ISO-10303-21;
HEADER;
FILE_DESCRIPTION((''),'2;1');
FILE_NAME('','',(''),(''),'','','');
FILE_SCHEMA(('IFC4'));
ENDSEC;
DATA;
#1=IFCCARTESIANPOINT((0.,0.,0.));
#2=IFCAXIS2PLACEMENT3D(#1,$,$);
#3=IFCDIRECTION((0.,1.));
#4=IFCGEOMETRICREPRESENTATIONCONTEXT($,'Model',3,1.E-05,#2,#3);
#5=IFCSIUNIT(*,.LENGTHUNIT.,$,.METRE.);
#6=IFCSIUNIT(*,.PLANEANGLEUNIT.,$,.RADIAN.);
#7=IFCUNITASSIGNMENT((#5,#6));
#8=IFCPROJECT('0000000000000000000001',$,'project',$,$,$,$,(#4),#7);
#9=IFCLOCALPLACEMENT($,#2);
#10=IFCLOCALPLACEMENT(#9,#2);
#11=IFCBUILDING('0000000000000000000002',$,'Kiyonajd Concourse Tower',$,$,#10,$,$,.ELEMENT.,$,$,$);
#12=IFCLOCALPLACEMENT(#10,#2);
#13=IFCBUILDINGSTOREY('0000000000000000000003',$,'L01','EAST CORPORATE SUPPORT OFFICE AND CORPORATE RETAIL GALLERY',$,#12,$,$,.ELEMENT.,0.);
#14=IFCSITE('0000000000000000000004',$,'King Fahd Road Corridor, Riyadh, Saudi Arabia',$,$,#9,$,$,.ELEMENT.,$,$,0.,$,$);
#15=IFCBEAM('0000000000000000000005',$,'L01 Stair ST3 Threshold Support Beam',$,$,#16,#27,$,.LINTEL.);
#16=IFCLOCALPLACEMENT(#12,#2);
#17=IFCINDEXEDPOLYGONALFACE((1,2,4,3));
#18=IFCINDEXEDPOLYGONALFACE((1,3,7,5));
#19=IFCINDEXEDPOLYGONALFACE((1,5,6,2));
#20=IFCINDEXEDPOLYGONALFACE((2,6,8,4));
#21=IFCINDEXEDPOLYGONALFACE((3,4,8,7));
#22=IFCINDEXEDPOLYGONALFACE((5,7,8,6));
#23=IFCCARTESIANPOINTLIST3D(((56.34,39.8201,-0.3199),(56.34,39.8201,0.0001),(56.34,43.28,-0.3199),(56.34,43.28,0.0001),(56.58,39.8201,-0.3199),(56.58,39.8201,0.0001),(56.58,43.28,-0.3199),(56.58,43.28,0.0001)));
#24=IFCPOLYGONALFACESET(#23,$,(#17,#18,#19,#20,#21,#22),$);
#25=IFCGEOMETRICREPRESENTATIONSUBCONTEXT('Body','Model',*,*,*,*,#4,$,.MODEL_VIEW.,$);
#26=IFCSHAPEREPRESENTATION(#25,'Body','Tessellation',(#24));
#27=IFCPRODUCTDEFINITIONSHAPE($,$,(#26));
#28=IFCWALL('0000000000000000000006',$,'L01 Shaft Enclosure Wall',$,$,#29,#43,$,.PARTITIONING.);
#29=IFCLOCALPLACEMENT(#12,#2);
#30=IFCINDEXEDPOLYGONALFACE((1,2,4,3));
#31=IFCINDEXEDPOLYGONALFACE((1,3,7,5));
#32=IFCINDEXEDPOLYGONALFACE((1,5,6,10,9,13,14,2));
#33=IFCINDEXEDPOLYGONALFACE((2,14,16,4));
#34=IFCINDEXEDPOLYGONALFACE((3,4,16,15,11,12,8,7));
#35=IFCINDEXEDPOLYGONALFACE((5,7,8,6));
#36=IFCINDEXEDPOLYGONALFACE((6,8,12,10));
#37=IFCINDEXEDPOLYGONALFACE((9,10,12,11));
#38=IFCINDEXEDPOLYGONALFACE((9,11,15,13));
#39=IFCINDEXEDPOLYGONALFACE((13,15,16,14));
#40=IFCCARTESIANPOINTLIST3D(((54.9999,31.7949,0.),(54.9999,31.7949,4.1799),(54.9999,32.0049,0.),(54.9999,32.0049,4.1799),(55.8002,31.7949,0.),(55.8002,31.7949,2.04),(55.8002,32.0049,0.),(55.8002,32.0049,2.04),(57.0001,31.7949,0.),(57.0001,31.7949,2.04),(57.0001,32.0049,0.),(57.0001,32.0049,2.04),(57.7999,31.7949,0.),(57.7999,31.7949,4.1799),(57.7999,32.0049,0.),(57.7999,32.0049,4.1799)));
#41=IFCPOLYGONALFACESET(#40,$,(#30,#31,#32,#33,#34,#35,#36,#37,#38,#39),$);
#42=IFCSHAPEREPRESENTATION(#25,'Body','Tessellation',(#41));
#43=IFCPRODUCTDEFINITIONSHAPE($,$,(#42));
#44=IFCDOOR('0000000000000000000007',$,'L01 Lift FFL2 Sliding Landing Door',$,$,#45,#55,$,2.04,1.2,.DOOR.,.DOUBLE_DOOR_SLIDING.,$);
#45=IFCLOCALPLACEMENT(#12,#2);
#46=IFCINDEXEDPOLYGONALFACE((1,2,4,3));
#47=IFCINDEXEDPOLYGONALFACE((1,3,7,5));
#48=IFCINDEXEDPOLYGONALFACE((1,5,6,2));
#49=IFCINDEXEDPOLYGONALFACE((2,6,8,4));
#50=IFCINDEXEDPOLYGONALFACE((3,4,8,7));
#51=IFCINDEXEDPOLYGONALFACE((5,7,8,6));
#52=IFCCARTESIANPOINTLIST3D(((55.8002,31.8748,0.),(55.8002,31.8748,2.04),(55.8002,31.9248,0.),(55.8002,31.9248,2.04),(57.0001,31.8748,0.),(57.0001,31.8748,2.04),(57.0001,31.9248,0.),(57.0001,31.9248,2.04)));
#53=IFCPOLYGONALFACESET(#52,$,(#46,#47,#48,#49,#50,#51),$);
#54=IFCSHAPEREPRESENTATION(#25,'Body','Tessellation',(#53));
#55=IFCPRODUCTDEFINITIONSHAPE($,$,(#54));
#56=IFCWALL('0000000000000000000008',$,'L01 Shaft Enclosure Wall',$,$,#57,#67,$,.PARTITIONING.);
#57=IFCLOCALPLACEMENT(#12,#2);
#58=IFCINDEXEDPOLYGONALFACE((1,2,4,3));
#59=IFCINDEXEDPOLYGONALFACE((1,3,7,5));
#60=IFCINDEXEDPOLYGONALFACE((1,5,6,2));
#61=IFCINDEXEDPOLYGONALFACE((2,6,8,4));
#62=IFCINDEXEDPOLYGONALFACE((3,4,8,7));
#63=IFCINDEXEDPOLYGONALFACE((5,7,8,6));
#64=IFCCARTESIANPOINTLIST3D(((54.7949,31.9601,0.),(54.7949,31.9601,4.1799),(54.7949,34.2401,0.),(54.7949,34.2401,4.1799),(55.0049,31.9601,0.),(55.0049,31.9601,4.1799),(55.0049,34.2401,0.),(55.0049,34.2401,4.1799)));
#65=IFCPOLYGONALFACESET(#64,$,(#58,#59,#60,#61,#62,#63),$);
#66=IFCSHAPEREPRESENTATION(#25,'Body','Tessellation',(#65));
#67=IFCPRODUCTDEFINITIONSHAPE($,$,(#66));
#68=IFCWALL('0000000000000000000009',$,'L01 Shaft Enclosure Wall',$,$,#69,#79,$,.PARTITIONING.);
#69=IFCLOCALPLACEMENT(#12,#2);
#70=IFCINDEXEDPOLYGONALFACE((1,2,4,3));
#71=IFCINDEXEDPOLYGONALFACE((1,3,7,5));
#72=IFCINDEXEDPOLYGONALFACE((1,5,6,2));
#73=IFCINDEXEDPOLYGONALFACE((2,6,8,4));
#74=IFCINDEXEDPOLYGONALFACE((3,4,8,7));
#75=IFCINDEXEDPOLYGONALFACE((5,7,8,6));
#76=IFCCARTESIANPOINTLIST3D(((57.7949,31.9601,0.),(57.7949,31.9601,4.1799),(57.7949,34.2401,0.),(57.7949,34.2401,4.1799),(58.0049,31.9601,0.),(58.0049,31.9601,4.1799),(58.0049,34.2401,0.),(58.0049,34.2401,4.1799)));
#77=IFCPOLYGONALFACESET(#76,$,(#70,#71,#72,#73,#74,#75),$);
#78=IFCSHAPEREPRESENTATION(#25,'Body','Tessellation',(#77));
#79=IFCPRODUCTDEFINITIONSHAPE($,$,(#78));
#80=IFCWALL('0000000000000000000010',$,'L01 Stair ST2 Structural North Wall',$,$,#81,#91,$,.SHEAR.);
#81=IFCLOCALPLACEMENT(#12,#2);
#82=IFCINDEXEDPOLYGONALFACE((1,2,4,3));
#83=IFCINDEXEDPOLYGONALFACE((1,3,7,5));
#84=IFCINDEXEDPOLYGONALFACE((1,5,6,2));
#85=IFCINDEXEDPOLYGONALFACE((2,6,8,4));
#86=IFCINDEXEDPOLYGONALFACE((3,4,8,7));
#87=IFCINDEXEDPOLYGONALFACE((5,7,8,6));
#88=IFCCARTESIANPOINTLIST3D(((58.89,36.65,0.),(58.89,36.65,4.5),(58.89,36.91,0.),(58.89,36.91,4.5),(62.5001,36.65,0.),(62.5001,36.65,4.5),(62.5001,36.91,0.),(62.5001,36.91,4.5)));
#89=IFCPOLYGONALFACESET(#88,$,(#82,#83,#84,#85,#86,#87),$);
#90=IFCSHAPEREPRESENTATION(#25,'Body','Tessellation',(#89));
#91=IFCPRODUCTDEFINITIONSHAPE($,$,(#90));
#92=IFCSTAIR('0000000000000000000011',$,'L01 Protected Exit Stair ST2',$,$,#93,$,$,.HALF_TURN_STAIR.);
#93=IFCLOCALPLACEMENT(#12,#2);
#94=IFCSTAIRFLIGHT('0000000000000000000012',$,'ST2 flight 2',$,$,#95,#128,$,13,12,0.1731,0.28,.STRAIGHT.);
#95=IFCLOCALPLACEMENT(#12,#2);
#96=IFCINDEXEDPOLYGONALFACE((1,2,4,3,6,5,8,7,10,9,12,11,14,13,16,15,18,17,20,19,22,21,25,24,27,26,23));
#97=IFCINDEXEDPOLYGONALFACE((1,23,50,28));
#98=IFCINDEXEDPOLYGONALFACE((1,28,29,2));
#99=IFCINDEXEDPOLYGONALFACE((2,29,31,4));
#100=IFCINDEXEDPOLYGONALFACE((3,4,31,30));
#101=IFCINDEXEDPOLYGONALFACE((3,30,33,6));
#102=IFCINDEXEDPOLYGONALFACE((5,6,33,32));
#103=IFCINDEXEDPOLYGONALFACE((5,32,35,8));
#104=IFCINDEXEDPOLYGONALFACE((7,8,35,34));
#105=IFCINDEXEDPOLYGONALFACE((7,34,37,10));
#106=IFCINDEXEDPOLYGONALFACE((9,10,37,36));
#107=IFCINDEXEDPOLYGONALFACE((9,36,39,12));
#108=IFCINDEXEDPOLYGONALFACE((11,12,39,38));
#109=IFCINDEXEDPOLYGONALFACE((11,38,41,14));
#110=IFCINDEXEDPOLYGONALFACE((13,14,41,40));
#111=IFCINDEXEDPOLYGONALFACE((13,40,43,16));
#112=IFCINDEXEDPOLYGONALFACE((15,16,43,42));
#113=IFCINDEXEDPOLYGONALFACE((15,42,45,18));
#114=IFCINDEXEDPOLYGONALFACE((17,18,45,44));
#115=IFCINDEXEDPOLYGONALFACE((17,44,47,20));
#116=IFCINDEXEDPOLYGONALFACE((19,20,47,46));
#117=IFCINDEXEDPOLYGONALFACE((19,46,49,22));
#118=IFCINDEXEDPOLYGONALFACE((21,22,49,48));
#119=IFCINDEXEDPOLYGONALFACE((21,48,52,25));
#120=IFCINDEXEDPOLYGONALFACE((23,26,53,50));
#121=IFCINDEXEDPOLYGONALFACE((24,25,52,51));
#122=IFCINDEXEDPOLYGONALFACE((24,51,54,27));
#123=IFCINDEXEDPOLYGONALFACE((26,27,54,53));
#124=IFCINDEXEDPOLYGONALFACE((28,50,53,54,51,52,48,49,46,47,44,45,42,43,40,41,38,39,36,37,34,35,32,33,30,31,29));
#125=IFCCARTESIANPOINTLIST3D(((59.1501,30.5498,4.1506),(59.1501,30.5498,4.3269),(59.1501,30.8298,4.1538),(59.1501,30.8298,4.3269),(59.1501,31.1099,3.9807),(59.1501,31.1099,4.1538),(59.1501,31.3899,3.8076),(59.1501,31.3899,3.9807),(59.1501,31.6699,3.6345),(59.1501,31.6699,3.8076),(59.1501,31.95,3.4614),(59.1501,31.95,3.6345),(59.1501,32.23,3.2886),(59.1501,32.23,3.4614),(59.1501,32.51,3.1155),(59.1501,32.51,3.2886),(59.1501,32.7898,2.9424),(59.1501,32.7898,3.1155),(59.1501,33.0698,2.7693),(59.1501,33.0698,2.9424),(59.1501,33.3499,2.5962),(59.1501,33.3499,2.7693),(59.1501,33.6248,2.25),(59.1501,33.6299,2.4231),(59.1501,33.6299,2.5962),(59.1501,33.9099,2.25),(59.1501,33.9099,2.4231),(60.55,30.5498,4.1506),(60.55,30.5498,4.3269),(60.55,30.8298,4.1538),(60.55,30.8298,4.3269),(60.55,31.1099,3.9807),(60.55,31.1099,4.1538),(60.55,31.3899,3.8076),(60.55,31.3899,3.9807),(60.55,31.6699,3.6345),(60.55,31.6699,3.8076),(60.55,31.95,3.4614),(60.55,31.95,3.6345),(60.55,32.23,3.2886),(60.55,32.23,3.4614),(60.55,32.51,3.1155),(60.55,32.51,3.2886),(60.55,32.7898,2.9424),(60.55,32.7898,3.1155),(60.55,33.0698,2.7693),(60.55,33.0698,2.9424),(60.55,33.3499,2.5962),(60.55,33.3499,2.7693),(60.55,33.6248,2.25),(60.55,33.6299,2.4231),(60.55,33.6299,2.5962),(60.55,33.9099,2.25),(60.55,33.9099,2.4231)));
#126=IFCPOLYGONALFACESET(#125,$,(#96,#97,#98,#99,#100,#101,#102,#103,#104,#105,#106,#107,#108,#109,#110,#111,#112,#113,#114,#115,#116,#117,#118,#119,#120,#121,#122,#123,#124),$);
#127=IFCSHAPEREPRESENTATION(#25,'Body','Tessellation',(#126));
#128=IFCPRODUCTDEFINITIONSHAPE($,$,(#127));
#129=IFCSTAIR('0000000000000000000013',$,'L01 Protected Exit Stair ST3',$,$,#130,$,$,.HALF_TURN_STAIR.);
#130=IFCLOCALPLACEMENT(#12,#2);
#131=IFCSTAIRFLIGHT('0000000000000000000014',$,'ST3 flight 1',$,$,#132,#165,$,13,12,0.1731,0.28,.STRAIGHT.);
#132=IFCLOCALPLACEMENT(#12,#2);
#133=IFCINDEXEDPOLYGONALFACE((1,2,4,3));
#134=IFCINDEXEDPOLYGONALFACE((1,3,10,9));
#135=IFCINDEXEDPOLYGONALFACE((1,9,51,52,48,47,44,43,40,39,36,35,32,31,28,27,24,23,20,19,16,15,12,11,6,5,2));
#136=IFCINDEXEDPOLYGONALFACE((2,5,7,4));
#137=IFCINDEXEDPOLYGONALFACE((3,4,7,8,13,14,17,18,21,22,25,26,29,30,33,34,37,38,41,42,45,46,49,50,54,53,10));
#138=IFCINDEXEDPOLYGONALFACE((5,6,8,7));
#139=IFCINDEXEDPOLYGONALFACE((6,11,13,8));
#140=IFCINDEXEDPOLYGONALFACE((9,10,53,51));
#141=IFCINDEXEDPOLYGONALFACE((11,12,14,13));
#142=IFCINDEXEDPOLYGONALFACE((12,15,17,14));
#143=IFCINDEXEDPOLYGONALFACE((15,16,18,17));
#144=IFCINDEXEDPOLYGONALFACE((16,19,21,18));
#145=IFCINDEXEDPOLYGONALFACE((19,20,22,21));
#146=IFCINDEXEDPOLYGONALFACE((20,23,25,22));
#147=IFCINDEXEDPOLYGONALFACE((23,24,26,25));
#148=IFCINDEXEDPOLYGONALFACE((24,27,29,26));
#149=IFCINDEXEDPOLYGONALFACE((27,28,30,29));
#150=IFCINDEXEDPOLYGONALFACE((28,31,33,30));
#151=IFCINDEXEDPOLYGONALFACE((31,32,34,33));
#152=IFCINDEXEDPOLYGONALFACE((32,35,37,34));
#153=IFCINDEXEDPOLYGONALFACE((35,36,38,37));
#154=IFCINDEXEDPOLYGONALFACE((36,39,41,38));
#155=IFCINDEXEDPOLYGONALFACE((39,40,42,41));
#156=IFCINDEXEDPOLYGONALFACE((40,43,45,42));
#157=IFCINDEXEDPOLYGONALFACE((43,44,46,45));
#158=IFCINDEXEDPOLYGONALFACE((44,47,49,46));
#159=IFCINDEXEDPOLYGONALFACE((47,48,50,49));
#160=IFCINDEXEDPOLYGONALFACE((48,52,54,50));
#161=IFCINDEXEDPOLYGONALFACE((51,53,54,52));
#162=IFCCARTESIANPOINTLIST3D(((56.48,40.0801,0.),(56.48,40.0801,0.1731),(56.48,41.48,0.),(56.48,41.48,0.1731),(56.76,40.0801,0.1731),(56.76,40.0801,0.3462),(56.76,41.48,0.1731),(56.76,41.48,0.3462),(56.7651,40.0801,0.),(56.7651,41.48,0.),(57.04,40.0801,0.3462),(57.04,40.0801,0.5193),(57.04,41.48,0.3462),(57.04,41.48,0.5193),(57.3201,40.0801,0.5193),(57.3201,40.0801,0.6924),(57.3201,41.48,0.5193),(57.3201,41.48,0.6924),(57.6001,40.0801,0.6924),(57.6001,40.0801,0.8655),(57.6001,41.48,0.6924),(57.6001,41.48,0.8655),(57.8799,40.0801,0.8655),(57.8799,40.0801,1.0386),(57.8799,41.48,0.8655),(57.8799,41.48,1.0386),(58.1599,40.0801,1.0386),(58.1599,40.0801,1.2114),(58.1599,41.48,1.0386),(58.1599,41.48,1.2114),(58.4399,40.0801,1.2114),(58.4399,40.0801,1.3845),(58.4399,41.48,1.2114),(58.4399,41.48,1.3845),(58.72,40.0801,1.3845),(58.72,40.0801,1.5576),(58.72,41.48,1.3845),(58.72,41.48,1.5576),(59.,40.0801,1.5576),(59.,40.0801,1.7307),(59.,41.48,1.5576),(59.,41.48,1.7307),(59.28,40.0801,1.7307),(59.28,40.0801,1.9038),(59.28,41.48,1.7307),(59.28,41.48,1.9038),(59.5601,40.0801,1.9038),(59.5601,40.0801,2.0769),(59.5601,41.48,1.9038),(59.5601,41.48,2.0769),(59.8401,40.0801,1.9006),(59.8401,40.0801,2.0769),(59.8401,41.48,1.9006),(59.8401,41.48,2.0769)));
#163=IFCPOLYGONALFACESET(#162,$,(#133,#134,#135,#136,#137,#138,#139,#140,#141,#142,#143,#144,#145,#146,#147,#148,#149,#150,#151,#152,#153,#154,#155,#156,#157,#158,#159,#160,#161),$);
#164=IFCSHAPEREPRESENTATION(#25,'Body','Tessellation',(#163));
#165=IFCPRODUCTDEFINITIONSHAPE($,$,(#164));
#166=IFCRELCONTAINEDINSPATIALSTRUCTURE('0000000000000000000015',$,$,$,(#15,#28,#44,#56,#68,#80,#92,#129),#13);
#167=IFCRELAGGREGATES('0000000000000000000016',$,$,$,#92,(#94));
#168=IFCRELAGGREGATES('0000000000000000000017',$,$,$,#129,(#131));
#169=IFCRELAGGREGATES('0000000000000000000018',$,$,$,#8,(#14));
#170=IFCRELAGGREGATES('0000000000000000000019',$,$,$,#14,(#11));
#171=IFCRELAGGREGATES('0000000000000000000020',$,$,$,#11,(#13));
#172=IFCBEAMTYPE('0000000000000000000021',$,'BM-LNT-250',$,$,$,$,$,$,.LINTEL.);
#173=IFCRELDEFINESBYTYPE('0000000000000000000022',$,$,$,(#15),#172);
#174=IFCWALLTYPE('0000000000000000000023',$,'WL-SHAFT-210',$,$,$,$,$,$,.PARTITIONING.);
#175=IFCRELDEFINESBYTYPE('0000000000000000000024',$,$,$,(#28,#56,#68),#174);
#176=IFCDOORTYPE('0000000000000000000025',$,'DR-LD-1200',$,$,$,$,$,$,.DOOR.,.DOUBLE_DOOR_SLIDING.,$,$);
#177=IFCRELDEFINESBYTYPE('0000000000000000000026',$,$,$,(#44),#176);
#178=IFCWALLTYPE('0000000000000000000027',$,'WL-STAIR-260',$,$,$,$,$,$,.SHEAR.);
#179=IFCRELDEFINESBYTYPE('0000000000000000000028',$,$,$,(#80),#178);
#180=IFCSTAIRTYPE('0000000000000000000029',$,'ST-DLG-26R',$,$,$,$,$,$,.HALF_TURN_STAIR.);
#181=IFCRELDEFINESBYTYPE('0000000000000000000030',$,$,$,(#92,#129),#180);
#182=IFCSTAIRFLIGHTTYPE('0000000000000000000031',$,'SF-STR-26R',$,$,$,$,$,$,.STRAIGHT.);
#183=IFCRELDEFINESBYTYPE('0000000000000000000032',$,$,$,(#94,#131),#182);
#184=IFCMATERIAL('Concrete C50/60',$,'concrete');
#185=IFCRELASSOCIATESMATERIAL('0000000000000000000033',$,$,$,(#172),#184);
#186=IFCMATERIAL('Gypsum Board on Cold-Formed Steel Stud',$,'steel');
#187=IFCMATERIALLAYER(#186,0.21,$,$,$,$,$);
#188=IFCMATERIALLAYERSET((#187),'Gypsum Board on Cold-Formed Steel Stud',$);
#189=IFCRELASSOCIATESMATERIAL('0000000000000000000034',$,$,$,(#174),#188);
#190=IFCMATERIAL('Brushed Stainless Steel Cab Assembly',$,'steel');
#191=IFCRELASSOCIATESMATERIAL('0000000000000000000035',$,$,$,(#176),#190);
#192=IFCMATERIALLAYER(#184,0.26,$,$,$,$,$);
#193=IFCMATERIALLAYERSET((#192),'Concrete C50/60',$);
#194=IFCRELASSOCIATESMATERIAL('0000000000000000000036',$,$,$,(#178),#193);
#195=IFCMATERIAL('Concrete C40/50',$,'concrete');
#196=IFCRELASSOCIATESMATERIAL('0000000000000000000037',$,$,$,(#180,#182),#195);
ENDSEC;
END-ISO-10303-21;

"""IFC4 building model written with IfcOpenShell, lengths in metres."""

from ifc_helpers import new_model, si_unit, direction, frame, frame_2d, origin, origin_2d, place, context, subcontext, project, spatial, polyline, rectangle, outline, extrude, material, layer, layer_set, material_profile, profile_set, type_object, element, fill, aggregate, save


model = new_model("IFC4")

# Units and contexts
model_context = context("Model", 3, precision=1e-05, world=origin(), true_north=direction((0.0, 1.0)))
body_context = subcontext(model_context, "Body", "Model", "MODEL_VIEW")
ifc_project = project(units=[si_unit("LENGTHUNIT", "METRE"), si_unit("PLANEANGLEUNIT", "RADIAN")], contexts=[model_context])

# Site, building, storey
site_placement = place(None, origin())
site = spatial("IfcSite", under=ifc_project, at=site_placement, Name="King Fahd Road Corridor, Riyadh, Saudi Arabia", CompositionType="ELEMENT", RefElevation=0.0)
building_placement = place(site_placement, origin())
building = spatial("IfcBuilding", under=site, at=building_placement, Name="Kiyonajd Concourse Tower", CompositionType="ELEMENT")
storey_placement = place(building_placement, origin())
storey = spatial("IfcBuildingStorey", under=building, at=storey_placement, Name="L01", Description="EAST CORPORATE SUPPORT OFFICE AND CORPORATE RETAIL GALLERY", CompositionType="ELEMENT", Elevation=0.0)

# Beam
ifc_material_1 = material(Name="Concrete C50/60", Category="concrete")
ifc_material_profile = material_profile(ifc_material_1, rectangle(XDim=0.24, YDim=0.3201, at=origin_2d()), Name="RCBM-240x320")
ifc_profile_set = profile_set([ifc_material_profile], Name="Concrete C50/60")
beam_type = type_object("IfcBeamType", Name="BM-LNT-250", PredefinedType="LINTEL", material=ifc_profile_set)
beam_placement = place(storey_placement, frame((56.46, 39.8201, -0.1599), z_axis=(0.0, 1.0, 0.0), x_axis=(-1.0, 0.0, 0.0)))
element("IfcBeam", 1, at=beam_placement, inside=storey, type_object=beam_type, Name="L01 Stair ST3 Threshold Support Beam", PredefinedType="LINTEL", context=body_context, shape_type="SweptSolid", body=[
    extrude(rectangle(XDim=0.24, YDim=0.3201, at=origin_2d()), origin(), (0.0, 0.0, 1.0), 3.46),
])

# Wall, opening, door
ifc_material_2 = material(Name="Gypsum Board on Cold-Formed Steel Stud", Category="steel")
ifc_layer_1 = layer(ifc_material_2, 0.21)
ifc_layer_set_1 = layer_set([ifc_layer_1], Name="Gypsum Board on Cold-Formed Steel Stud")
wall_type_1 = type_object("IfcWallType", Name="WL-SHAFT-210", PredefinedType="PARTITIONING", material=ifc_layer_set_1)
wall_1_placement = place(storey_placement, frame((55.0, 31.8999, 0.0), z_axis=(0.0, 0.0, 1.0), x_axis=(1.0, 0.0, 0.0)))
wall_1 = element("IfcWall", 2, at=wall_1_placement, inside=storey, type_object=wall_type_1, Name="L01 Shaft Enclosure Wall", PredefinedType="PARTITIONING", context=body_context, shape_type="SweptSolid", body=[
    extrude(rectangle(XDim=2.8, YDim=0.21, at=frame_2d((1.3999, 0.0))), origin(), (0.0, 0.0, 1.0), 4.1799),
])
opening_placement = place(wall_1_placement, frame((0.8, 0.0, 0.0)))
opening = element("IfcOpeningElement", 3, at=opening_placement, cuts=wall_1, PredefinedType="OPENING", context=body_context, shape_type="SweptSolid", body=[
    extrude(rectangle(XDim=1.2, YDim=2.04, at=frame_2d((0.6001, 1.02))), frame((0.0, 0.115, 0.0), z_axis=(0.0, -1.0, 0.0), x_axis=(1.0, 0.0, 0.0)), (0.0, 0.0, 1.0), 0.23),
])
ifc_material_3 = material(Name="Brushed Stainless Steel Cab Assembly", Category="steel")
door_type = type_object("IfcDoorType", Name="DR-LD-1200", OperationType="DOUBLE_DOOR_SLIDING", PredefinedType="DOOR", material=ifc_material_3)
door_placement = place(opening_placement, origin())
door = element("IfcDoor", 4, at=door_placement, inside=storey, type_object=door_type, Name="L01 Lift FFL2 Sliding Landing Door", OperationType="DOUBLE_DOOR_SLIDING", OverallHeight=2.04, OverallWidth=1.2, PredefinedType="DOOR", context=body_context, shape_type="SweptSolid", body=[
    extrude(rectangle(XDim=1.2, YDim=2.04, at=frame_2d((0.6001, 1.02))), frame((0.0, 0.0249, 0.0), z_axis=(0.0, -1.0, 0.0), x_axis=(1.0, 0.0, 0.0)), (0.0, 0.0, 1.0), 0.05),
])
fill(opening, door)

# Walls
for number, where, z_axis, x_axis, name in (
    (5, (54.8999, 31.96, 0.0), (0.0, 0.0, 1.0), (0.0, 1.0, 0.0), "L01 Shaft Enclosure Wall"),
    (6, (57.8999, 31.96, 0.0), (0.0, 0.0, 1.0), (0.0, 1.0, 0.0), "L01 Shaft Enclosure Wall"),
):
    element("IfcWall", number, at=place(storey_placement, frame(where, z_axis=z_axis, x_axis=x_axis)), inside=storey, type_object=wall_type_1, Name=name, PredefinedType="PARTITIONING", context=body_context, shape_type="SweptSolid", body=[
        extrude(rectangle(XDim=2.28, YDim=0.21, at=frame_2d((1.1401, 0.0))), origin(), (0.0, 0.0, 1.0), 4.1799),
    ])
ifc_layer_2 = layer(ifc_material_1, 0.26)
ifc_layer_set_2 = layer_set([ifc_layer_2], Name="Concrete C50/60")
wall_type_2 = type_object("IfcWallType", Name="WL-STAIR-260", PredefinedType="SHEAR", material=ifc_layer_set_2)
wall_2_placement = place(storey_placement, frame((58.8899, 36.78, 0.0), z_axis=(0.0, 0.0, 1.0), x_axis=(1.0, 0.0, 0.0)))
element("IfcWall", 7, at=wall_2_placement, inside=storey, type_object=wall_type_2, Name="L01 Stair ST2 Structural North Wall", PredefinedType="SHEAR", context=body_context, shape_type="SweptSolid", body=[
    extrude(rectangle(XDim=3.6101, YDim=0.26, at=frame_2d((1.8052, 0.0))), origin(), (0.0, 0.0, 1.0), 4.5),
])

# Stair, stair flight
ifc_material_4 = material(Name="Concrete C40/50", Category="concrete")
stair_type = type_object("IfcStairType", Name="ST-DLG-26R", PredefinedType="HALF_TURN_STAIR", material=ifc_material_4)
stair_1_placement = place(storey_placement, origin())
stair_1 = element("IfcStair", 8, at=stair_1_placement, inside=storey, type_object=stair_type, Name="L01 Protected Exit Stair ST2", PredefinedType="HALF_TURN_STAIR")
stair_flight_type = type_object("IfcStairFlightType", Name="SF-STR-26R", PredefinedType="STRAIGHT", material=ifc_material_4)
stair_flight_1_placement = place(storey_placement, frame((59.8501, 33.9099, 2.25), z_axis=(0.0, 0.0, 1.0), x_axis=(0.0, -1.0, 0.0)))
stair_flight_1 = element("IfcStairFlight", 9, at=stair_flight_1_placement, type_object=stair_flight_type, Name="ST2 flight 2", NumberOfRisers=13, NumberOfTreads=12, PredefinedType="STRAIGHT", RiserHeight=0.1731, TreadLength=0.28, context=body_context, shape_type="SweptSolid", body=[
    extrude(outline(polyline([(0.0, 0.0), (0.0, 0.1731), (0.28, 0.1731), (0.28, 0.3462), (0.5601, 0.3462), (0.5601, 0.5193), (0.8401, 0.5193), (0.8401, 0.6924), (1.1201, 0.6924), (1.1201, 0.8655), (1.3999, 0.8655), (1.3999, 1.0386), (1.6799, 1.0386), (1.6799, 1.2114), (1.96, 1.2114), (1.96, 1.3845), (2.24, 1.3845), (2.24, 1.5576), (2.52, 1.5576), (2.52, 1.7307), (2.8, 1.7307), (2.8, 1.9038), (3.0801, 1.9038), (3.0801, 2.0769), (3.3601, 2.0769), (3.3601, 2.25), (3.3601, 1.9006), (0.2852, 0.0), (0.0, 0.0)])), frame((0.0, 0.7, 0.0), z_axis=(0.0, -1.0, 0.0), x_axis=(1.0, 0.0, 0.0)), (0.0, 0.0, 1.0), 1.3999),
])
aggregate(stair_1, [stair_flight_1])

# Stair, stair flight
stair_2_placement = place(storey_placement, origin())
stair_2 = element("IfcStair", 10, at=stair_2_placement, inside=storey, type_object=stair_type, Name="L01 Protected Exit Stair ST3", PredefinedType="HALF_TURN_STAIR")
stair_flight_2_placement = place(storey_placement, frame((56.48, 40.78, 0.0), z_axis=(0.0, 0.0, 1.0), x_axis=(1.0, 0.0, 0.0)))
stair_flight_2 = element("IfcStairFlight", 11, at=stair_flight_2_placement, type_object=stair_flight_type, Name="ST3 flight 1", NumberOfRisers=13, NumberOfTreads=12, PredefinedType="STRAIGHT", RiserHeight=0.1731, TreadLength=0.28, context=body_context, shape_type="SweptSolid", body=[
    extrude(outline(polyline([(0.0, 0.0), (0.0, 0.1731), (0.28, 0.1731), (0.28, 0.3462), (0.5601, 0.3462), (0.5601, 0.5193), (0.8401, 0.5193), (0.8401, 0.6924), (1.1201, 0.6924), (1.1201, 0.8655), (1.3999, 0.8655), (1.3999, 1.0386), (1.6799, 1.0386), (1.6799, 1.2114), (1.96, 1.2114), (1.96, 1.3845), (2.24, 1.3845), (2.24, 1.5576), (2.52, 1.5576), (2.52, 1.7307), (2.8, 1.7307), (2.8, 1.9038), (3.0801, 1.9038), (3.0801, 2.0769), (3.3601, 2.0769), (3.3601, 2.25), (3.3601, 1.9006), (0.2852, 0.0), (0.0, 0.0)])), frame((0.0, 0.7, 0.0), z_axis=(0.0, -1.0, 0.0), x_axis=(1.0, 0.0, 0.0)), (0.0, 0.0, 1.0), 1.3999),
])
aggregate(stair_2, [stair_flight_2])

save(model, "model.ifc")
